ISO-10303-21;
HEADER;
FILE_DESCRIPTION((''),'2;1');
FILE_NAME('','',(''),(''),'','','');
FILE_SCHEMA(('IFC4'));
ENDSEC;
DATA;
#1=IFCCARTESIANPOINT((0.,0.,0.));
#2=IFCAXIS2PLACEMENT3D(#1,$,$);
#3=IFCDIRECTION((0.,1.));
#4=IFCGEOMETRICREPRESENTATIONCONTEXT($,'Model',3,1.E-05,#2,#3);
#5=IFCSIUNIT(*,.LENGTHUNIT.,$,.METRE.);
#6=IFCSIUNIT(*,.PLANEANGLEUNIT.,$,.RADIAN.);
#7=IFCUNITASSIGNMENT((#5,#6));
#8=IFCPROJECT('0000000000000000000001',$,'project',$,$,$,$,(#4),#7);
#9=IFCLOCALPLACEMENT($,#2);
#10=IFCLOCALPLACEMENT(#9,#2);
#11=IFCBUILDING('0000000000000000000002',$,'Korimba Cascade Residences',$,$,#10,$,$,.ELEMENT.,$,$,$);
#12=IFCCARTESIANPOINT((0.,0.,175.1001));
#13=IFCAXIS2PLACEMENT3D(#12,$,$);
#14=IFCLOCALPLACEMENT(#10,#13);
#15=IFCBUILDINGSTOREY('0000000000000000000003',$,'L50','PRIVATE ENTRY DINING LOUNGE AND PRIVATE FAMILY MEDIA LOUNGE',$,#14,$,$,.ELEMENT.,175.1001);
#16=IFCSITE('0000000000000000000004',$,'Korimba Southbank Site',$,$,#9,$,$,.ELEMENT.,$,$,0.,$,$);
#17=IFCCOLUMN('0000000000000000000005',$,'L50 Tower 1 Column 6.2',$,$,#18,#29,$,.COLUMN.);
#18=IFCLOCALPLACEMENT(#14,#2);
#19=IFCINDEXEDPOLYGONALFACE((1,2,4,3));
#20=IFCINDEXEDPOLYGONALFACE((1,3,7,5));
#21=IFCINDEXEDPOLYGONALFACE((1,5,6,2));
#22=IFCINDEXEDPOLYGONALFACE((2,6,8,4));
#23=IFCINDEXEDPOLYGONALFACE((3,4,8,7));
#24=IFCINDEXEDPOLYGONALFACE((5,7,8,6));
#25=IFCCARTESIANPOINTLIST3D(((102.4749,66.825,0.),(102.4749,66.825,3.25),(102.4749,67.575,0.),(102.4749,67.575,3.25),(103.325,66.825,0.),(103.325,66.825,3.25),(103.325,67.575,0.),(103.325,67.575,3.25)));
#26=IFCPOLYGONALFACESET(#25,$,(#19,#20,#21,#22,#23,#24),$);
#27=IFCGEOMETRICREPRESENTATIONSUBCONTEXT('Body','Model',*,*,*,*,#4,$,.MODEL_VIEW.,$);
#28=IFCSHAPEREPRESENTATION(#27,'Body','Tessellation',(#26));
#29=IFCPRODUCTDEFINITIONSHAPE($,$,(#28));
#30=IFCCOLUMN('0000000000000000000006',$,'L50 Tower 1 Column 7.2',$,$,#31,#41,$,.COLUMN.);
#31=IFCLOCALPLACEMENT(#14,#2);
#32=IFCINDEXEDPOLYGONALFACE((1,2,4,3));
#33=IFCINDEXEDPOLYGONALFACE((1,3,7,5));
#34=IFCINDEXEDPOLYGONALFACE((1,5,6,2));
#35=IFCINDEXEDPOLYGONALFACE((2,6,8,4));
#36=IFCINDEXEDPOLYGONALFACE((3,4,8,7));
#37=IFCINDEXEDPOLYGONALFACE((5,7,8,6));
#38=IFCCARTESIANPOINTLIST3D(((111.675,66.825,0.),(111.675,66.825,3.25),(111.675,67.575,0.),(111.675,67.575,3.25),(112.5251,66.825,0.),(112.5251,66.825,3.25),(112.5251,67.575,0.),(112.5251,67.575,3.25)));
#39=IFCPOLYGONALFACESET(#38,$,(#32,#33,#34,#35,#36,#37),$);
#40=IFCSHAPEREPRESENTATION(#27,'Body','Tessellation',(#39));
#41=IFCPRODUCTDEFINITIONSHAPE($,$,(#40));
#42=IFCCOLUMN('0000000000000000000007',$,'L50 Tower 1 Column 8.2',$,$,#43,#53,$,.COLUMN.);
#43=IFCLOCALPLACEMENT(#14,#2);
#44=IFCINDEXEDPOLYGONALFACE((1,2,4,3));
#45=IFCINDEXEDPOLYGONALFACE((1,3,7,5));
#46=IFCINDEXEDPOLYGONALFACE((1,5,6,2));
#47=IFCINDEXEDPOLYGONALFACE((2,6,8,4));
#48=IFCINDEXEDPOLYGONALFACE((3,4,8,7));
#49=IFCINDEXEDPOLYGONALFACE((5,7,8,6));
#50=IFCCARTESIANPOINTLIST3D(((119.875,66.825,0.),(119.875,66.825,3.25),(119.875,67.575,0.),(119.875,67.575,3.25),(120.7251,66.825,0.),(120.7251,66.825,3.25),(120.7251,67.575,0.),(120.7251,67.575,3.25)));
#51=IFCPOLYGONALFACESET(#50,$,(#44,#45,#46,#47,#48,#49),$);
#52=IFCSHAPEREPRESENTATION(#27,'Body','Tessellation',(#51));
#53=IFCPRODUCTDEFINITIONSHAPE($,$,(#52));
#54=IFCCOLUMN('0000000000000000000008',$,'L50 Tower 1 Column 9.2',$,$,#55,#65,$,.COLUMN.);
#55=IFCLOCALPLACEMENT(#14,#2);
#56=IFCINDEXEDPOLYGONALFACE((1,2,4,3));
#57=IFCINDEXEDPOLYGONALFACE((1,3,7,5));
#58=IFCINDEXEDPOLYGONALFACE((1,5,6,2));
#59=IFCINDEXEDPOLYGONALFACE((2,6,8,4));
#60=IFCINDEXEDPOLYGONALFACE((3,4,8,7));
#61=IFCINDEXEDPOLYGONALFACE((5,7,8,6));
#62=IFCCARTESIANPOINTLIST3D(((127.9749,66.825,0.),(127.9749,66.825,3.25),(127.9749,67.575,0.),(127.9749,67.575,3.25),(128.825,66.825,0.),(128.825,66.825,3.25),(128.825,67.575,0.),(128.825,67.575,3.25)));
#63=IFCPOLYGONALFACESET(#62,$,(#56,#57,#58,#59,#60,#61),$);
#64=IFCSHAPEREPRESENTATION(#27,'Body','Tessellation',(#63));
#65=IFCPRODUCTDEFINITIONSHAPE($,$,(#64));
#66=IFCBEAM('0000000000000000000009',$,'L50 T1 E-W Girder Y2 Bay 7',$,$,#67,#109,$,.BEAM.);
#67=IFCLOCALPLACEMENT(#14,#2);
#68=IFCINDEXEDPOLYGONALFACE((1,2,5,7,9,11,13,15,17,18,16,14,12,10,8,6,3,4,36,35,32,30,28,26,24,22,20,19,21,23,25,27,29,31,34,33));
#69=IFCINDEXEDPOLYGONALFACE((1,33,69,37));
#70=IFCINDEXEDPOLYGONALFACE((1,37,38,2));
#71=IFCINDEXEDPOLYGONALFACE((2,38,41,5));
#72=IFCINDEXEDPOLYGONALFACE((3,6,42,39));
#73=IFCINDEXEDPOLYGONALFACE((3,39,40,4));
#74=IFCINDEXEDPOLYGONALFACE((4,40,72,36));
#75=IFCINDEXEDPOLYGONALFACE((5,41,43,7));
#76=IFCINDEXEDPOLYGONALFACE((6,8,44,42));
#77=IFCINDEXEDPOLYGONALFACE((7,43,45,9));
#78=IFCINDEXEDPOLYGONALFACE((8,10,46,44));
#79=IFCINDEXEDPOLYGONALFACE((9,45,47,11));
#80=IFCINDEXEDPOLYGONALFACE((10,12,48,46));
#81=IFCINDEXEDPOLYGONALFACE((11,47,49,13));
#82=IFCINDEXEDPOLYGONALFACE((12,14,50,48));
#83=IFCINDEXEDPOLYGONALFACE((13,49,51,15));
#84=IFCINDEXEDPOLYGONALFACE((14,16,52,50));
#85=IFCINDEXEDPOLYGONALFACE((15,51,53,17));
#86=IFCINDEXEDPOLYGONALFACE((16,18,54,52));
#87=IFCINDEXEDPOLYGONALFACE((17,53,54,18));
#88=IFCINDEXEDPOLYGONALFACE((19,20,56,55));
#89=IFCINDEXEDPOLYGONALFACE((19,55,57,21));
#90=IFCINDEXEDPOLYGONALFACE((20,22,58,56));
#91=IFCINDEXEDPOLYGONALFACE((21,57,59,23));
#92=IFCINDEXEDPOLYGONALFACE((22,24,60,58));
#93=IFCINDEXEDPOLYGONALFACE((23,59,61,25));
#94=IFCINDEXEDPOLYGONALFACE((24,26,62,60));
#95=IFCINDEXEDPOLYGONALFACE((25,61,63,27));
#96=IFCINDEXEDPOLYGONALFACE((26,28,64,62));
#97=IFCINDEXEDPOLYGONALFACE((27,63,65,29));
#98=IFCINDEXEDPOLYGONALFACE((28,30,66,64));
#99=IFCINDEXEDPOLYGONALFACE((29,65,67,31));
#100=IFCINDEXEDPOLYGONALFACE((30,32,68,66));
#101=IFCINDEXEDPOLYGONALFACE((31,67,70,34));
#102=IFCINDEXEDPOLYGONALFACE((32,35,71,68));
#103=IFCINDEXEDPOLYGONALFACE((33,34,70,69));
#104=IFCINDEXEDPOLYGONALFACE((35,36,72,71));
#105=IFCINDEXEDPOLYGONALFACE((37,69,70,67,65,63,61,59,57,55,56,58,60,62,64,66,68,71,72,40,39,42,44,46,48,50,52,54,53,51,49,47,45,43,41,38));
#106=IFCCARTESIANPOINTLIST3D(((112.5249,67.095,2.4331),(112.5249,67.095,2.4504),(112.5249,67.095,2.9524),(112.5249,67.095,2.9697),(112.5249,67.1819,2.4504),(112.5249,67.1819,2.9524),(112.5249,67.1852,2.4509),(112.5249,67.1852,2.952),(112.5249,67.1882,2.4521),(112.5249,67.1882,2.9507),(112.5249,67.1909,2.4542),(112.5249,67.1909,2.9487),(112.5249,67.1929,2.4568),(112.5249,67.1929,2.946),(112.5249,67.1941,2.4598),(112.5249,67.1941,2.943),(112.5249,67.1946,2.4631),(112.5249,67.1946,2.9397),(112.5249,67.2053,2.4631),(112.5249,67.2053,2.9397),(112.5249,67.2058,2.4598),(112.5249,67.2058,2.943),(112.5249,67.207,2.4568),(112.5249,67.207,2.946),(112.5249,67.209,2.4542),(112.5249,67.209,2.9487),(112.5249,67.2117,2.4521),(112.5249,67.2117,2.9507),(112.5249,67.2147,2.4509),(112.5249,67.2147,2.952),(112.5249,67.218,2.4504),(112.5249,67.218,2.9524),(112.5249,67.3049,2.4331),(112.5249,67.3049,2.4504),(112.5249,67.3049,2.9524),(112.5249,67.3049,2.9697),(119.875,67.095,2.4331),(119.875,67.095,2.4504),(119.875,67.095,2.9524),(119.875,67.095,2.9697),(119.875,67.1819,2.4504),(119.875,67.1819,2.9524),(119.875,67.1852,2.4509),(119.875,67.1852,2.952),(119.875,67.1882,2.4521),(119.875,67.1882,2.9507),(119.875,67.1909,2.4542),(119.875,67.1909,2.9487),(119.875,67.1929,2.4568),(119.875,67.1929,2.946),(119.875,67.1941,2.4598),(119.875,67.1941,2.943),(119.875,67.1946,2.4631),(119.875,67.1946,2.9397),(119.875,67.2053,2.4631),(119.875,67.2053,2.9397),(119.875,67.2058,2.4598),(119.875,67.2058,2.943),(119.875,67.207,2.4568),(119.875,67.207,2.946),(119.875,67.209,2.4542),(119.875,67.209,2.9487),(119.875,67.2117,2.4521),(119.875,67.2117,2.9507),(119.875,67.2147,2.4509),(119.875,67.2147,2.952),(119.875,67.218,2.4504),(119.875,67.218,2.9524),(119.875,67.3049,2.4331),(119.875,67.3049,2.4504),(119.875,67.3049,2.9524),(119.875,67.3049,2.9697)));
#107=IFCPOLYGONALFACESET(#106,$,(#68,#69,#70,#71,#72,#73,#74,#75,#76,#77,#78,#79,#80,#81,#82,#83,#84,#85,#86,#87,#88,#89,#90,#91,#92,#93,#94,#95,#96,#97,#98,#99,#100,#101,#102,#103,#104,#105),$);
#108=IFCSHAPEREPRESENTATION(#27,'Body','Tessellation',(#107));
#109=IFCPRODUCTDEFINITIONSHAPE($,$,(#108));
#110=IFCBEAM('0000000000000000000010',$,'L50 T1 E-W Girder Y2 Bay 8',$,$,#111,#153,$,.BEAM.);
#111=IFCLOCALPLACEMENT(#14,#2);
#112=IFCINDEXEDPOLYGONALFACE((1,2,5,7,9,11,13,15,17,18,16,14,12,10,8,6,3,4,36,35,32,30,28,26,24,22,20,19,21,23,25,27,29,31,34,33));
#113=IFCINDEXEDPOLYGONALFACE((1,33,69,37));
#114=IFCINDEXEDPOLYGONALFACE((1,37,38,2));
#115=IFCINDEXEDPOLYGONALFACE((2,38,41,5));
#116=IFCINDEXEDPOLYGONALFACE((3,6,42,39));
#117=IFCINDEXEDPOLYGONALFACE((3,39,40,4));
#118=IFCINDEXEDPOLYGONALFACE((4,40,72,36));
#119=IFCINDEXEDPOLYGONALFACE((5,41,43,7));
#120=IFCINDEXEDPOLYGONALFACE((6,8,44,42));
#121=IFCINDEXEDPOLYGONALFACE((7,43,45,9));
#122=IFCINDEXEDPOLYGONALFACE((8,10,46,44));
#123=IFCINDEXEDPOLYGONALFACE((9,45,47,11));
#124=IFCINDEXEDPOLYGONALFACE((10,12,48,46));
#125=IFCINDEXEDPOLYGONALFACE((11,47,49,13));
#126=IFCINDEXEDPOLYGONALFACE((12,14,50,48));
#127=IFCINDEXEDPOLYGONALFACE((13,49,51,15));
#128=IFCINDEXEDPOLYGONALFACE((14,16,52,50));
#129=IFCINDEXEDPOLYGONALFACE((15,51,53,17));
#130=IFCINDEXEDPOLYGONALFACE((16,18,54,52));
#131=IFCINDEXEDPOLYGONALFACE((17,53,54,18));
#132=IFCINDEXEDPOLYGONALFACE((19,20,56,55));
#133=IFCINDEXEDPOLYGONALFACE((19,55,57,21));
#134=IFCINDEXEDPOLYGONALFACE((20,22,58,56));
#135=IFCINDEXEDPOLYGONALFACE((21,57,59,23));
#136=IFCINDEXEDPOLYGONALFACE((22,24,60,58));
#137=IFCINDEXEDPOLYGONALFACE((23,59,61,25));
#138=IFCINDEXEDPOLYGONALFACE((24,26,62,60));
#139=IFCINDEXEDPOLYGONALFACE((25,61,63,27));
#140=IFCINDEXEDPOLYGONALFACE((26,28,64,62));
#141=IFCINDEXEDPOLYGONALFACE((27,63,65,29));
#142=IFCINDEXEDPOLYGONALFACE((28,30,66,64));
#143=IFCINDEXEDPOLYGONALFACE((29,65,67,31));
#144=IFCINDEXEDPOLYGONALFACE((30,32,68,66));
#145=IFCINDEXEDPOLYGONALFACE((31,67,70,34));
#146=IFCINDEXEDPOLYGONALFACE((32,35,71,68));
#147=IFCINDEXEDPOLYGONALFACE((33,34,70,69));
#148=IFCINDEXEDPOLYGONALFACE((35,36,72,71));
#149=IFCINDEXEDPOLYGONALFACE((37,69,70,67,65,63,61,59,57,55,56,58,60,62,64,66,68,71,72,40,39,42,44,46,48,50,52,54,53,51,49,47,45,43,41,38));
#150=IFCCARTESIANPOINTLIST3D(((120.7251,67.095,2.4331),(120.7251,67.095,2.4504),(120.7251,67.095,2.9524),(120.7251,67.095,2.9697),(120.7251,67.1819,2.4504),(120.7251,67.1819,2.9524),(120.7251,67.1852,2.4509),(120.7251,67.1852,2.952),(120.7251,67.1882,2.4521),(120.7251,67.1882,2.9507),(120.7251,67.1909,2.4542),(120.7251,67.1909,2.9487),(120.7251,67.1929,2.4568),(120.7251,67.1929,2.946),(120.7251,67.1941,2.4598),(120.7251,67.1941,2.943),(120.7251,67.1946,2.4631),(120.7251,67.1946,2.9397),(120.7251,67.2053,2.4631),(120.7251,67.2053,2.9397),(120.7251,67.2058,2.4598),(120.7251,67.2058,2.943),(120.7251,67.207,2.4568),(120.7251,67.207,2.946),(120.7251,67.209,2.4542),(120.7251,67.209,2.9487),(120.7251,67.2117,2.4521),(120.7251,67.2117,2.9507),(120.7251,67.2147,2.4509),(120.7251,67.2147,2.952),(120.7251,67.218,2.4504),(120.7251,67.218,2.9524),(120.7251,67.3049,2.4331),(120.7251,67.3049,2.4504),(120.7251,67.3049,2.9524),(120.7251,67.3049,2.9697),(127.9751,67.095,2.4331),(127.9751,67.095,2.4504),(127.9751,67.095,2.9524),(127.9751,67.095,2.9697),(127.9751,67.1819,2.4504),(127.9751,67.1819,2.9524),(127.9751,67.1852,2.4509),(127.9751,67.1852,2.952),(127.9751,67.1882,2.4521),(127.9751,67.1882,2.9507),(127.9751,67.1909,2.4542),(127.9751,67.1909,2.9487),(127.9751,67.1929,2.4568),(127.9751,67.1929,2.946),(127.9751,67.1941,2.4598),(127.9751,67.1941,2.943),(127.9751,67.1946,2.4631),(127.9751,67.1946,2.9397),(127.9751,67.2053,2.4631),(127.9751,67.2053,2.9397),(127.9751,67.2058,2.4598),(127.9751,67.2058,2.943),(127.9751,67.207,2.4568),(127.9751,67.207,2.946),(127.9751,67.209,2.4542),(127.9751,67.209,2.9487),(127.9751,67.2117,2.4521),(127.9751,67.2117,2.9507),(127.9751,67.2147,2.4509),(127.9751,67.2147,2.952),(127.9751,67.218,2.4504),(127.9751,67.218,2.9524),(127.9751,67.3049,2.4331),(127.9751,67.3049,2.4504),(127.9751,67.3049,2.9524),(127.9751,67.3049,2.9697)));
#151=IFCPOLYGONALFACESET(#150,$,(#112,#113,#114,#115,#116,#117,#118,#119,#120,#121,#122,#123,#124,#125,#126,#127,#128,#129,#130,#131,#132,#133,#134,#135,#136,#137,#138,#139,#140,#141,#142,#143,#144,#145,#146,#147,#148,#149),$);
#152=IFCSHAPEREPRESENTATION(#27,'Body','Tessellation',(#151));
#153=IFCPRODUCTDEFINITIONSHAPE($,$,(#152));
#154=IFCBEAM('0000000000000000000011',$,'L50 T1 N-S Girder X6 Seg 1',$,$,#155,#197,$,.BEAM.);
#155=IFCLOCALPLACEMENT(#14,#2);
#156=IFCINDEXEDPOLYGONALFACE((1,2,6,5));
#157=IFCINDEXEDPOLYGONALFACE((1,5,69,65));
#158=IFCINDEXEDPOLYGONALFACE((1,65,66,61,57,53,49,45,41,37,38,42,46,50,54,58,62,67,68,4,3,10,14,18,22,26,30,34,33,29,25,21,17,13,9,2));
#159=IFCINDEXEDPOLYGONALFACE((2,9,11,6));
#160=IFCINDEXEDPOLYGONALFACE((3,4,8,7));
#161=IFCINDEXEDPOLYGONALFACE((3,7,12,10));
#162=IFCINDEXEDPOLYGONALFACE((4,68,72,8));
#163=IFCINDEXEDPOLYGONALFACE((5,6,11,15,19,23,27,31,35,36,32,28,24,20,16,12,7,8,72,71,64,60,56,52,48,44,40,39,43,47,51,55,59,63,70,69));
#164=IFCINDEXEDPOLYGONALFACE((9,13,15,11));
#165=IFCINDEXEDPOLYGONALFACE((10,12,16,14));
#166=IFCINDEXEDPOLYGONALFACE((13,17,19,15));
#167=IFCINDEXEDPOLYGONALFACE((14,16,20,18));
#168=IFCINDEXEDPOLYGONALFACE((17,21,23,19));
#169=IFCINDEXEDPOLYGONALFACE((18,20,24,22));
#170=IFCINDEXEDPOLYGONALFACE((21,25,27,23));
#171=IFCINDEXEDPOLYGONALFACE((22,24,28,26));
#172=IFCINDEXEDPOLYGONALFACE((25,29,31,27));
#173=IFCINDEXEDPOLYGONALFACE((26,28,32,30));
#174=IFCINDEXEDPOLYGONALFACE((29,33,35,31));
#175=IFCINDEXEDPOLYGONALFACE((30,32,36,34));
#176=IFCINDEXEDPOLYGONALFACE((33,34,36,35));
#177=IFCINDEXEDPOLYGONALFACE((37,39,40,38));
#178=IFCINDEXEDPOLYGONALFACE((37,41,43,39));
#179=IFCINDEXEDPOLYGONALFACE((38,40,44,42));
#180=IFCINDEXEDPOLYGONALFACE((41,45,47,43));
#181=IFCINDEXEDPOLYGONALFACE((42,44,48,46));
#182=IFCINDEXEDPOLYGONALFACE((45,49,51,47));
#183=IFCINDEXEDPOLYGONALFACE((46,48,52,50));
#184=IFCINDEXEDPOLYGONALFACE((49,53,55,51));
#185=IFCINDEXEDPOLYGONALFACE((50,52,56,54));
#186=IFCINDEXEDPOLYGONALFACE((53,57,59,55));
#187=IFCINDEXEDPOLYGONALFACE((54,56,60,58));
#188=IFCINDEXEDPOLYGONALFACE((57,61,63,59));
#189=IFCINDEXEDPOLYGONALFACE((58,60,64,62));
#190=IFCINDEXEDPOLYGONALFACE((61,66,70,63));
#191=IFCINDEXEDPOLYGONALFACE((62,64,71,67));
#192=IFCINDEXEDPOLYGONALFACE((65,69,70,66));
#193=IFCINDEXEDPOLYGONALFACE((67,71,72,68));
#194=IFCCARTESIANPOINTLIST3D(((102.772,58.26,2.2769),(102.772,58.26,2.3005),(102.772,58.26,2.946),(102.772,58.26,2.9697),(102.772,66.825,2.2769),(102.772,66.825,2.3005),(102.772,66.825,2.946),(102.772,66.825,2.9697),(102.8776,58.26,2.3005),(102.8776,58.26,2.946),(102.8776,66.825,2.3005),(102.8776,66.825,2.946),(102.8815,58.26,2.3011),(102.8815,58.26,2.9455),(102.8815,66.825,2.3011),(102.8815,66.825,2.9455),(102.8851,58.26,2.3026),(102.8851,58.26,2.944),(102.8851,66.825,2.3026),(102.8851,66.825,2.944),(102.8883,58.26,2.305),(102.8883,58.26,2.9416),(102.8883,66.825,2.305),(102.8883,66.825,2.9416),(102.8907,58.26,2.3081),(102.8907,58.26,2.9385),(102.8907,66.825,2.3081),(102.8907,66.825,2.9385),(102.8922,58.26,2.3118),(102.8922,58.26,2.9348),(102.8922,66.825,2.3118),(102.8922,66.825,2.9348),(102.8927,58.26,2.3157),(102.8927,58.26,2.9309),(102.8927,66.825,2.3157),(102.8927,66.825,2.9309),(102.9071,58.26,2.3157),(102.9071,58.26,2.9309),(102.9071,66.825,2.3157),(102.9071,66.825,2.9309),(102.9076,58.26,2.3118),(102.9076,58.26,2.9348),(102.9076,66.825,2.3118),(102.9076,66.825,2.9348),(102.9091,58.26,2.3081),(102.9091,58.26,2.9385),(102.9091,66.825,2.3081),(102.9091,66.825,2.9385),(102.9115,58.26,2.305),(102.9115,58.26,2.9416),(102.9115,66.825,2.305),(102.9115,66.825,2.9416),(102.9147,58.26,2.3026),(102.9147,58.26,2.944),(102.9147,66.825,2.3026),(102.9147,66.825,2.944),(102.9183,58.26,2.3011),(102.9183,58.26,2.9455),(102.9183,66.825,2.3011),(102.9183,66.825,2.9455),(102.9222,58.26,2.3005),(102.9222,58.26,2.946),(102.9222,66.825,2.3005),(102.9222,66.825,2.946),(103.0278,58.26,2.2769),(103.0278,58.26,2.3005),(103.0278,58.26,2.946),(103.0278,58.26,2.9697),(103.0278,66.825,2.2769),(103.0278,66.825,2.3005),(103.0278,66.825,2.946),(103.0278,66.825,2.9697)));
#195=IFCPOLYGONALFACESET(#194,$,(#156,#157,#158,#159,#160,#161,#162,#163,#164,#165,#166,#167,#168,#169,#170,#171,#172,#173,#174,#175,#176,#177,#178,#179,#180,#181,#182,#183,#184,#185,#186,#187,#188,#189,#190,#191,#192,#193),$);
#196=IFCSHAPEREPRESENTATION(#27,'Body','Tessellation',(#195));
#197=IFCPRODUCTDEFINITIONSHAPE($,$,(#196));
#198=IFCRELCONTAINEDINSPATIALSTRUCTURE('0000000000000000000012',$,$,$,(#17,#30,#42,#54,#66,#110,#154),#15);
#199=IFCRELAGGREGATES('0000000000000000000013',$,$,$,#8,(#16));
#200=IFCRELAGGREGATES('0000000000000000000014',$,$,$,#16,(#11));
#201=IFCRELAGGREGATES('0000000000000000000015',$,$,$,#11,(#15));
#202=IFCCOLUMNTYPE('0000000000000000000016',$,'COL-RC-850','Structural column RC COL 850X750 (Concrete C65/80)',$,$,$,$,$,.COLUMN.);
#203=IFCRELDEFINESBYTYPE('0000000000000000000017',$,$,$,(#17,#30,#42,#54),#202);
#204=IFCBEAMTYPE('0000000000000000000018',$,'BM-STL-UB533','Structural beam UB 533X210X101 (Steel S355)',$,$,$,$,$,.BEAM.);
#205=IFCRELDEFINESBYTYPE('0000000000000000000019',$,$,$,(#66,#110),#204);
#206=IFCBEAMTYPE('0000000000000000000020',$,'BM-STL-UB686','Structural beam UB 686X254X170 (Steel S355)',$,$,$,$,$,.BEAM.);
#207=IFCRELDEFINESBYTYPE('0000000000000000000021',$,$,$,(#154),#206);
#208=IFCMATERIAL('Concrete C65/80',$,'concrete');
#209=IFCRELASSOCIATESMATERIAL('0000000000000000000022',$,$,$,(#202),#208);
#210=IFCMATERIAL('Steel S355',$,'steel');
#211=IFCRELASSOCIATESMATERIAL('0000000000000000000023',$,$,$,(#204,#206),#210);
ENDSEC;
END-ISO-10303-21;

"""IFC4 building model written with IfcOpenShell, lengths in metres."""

from ifc_helpers import new_model, si_unit, direction, frame, origin, origin_2d, place, context, subcontext, project, spatial, rectangle, i_section, extrude, material, material_profile, profile_set, type_object, element, save


model = new_model("IFC4")

# Units and contexts
model_context = context("Model", 3, precision=1e-05, world=origin(), true_north=direction((0.0, 1.0)))
body_context = subcontext(model_context, "Body", "Model", "MODEL_VIEW")
ifc_project = project(units=[si_unit("LENGTHUNIT", "METRE"), si_unit("PLANEANGLEUNIT", "RADIAN")], contexts=[model_context])

# Site, building, storey
site_placement = place(None, origin())
site = spatial("IfcSite", under=ifc_project, at=site_placement, Name="Korimba Southbank Site", CompositionType="ELEMENT", RefElevation=0.0)
building_placement = place(site_placement, origin())
building = spatial("IfcBuilding", under=site, at=building_placement, Name="Korimba Cascade Residences", CompositionType="ELEMENT")
storey_placement = place(building_placement, frame((0.0, 0.0, 175.1001)))
storey = spatial("IfcBuildingStorey", under=building, at=storey_placement, Name="L50", Description="PRIVATE ENTRY DINING LOUNGE AND PRIVATE FAMILY MEDIA LOUNGE", CompositionType="ELEMENT", Elevation=175.1001)

# Columns
ifc_material_1 = material(Name="Concrete C65/80", Category="concrete")
ifc_material_profile_1 = material_profile(ifc_material_1, rectangle(XDim=0.8501, YDim=0.75, at=origin_2d()), Name="Concrete C65/80")
ifc_profile_set_1 = profile_set([ifc_material_profile_1], Name="Concrete C65/80")
column_type = type_object("IfcColumnType", Name="COL-RC-850", Description="Structural column RC COL 850X750 (Concrete C65/80)", PredefinedType="COLUMN", material=ifc_profile_set_1)
for number, where, z_axis, x_axis, name in (
    (1, (102.8999, 67.2, 0.0), (0.0, 0.0, 1.0), (1.0, 0.0, 0.0), "L50 Tower 1 Column 6.2"),
    (2, (112.1001, 67.2, 0.0), (0.0, 0.0, 1.0), (1.0, 0.0, 0.0), "L50 Tower 1 Column 7.2"),
    (3, (120.3, 67.2, 0.0), (0.0, 0.0, 1.0), (1.0, 0.0, 0.0), "L50 Tower 1 Column 8.2"),
    (4, (128.3999, 67.2, 0.0), (0.0, 0.0, 1.0), (1.0, 0.0, 0.0), "L50 Tower 1 Column 9.2"),
):
    element("IfcColumn", number, at=place(storey_placement, frame(where, z_axis=z_axis, x_axis=x_axis)), inside=storey, type_object=column_type, Name=name, PredefinedType="COLUMN", context=body_context, shape_type="SweptSolid", body=[
        extrude(rectangle(XDim=0.8501, YDim=0.75, at=origin_2d()), origin(), (0.0, 0.0, 1.0), 3.25),
    ])

# Beams
ifc_material_2 = material(Name="Steel S355", Category="steel")
ifc_material_profile_2 = material_profile(ifc_material_2, i_section(OverallWidth=0.21, OverallDepth=0.5366, WebThickness=0.0107, FlangeThickness=0.0173, FilletRadius=0.0127, at=origin_2d()), Name="Steel S355")
ifc_profile_set_2 = profile_set([ifc_material_profile_2], Name="Steel S355")
beam_type_1 = type_object("IfcBeamType", Name="BM-STL-UB533", Description="Structural beam UB 533X210X101 (Steel S355)", PredefinedType="BEAM", material=ifc_profile_set_2)
beam_1_placement = place(storey_placement, frame((112.5249, 67.2, 2.7014), z_axis=(1.0, 0.0, 0.0), x_axis=(0.0, 1.0, 0.0)))
element("IfcBeam", 5, at=beam_1_placement, inside=storey, type_object=beam_type_1, Name="L50 T1 E-W Girder Y2 Bay 7", PredefinedType="BEAM", context=body_context, shape_type="SweptSolid", body=[
    extrude(i_section(OverallWidth=0.21, OverallDepth=0.5366, WebThickness=0.0107, FlangeThickness=0.0173, FilletRadius=0.0127, at=origin_2d()), origin(), (0.0, 0.0, 1.0), 7.3501),
])
beam_2_placement = place(storey_placement, frame((120.7251, 67.2, 2.7014), z_axis=(1.0, 0.0, 0.0), x_axis=(0.0, 1.0, 0.0)))
element("IfcBeam", 6, at=beam_2_placement, inside=storey, type_object=beam_type_1, Name="L50 T1 E-W Girder Y2 Bay 8", PredefinedType="BEAM", context=body_context, shape_type="SweptSolid", body=[
    extrude(i_section(OverallWidth=0.21, OverallDepth=0.5366, WebThickness=0.0107, FlangeThickness=0.0173, FilletRadius=0.0127, at=origin_2d()), origin(), (0.0, 0.0, 1.0), 7.25),
])
ifc_material_profile_3 = material_profile(ifc_material_2, i_section(OverallWidth=0.2559, OverallDepth=0.6929, WebThickness=0.0144, FlangeThickness=0.0237, FilletRadius=0.0151, at=origin_2d()), Name="Steel S355")
ifc_profile_set_3 = profile_set([ifc_material_profile_3], Name="Steel S355")
beam_type_2 = type_object("IfcBeamType", Name="BM-STL-UB686", Description="Structural beam UB 686X254X170 (Steel S355)", PredefinedType="BEAM", material=ifc_profile_set_3)
beam_3_placement = place(storey_placement, frame((102.8999, 58.26, 2.6233), z_axis=(0.0, 1.0, 0.0), x_axis=(-1.0, 0.0, 0.0)))
element("IfcBeam", 7, at=beam_3_placement, inside=storey, type_object=beam_type_2, Name="L50 T1 N-S Girder X6 Seg 1", PredefinedType="BEAM", context=body_context, shape_type="SweptSolid", body=[
    extrude(i_section(OverallWidth=0.2559, OverallDepth=0.6929, WebThickness=0.0144, FlangeThickness=0.0237, FilletRadius=0.0151, at=origin_2d()), origin(), (0.0, 0.0, 1.0), 8.5649),
])

save(model, "model.ifc")
